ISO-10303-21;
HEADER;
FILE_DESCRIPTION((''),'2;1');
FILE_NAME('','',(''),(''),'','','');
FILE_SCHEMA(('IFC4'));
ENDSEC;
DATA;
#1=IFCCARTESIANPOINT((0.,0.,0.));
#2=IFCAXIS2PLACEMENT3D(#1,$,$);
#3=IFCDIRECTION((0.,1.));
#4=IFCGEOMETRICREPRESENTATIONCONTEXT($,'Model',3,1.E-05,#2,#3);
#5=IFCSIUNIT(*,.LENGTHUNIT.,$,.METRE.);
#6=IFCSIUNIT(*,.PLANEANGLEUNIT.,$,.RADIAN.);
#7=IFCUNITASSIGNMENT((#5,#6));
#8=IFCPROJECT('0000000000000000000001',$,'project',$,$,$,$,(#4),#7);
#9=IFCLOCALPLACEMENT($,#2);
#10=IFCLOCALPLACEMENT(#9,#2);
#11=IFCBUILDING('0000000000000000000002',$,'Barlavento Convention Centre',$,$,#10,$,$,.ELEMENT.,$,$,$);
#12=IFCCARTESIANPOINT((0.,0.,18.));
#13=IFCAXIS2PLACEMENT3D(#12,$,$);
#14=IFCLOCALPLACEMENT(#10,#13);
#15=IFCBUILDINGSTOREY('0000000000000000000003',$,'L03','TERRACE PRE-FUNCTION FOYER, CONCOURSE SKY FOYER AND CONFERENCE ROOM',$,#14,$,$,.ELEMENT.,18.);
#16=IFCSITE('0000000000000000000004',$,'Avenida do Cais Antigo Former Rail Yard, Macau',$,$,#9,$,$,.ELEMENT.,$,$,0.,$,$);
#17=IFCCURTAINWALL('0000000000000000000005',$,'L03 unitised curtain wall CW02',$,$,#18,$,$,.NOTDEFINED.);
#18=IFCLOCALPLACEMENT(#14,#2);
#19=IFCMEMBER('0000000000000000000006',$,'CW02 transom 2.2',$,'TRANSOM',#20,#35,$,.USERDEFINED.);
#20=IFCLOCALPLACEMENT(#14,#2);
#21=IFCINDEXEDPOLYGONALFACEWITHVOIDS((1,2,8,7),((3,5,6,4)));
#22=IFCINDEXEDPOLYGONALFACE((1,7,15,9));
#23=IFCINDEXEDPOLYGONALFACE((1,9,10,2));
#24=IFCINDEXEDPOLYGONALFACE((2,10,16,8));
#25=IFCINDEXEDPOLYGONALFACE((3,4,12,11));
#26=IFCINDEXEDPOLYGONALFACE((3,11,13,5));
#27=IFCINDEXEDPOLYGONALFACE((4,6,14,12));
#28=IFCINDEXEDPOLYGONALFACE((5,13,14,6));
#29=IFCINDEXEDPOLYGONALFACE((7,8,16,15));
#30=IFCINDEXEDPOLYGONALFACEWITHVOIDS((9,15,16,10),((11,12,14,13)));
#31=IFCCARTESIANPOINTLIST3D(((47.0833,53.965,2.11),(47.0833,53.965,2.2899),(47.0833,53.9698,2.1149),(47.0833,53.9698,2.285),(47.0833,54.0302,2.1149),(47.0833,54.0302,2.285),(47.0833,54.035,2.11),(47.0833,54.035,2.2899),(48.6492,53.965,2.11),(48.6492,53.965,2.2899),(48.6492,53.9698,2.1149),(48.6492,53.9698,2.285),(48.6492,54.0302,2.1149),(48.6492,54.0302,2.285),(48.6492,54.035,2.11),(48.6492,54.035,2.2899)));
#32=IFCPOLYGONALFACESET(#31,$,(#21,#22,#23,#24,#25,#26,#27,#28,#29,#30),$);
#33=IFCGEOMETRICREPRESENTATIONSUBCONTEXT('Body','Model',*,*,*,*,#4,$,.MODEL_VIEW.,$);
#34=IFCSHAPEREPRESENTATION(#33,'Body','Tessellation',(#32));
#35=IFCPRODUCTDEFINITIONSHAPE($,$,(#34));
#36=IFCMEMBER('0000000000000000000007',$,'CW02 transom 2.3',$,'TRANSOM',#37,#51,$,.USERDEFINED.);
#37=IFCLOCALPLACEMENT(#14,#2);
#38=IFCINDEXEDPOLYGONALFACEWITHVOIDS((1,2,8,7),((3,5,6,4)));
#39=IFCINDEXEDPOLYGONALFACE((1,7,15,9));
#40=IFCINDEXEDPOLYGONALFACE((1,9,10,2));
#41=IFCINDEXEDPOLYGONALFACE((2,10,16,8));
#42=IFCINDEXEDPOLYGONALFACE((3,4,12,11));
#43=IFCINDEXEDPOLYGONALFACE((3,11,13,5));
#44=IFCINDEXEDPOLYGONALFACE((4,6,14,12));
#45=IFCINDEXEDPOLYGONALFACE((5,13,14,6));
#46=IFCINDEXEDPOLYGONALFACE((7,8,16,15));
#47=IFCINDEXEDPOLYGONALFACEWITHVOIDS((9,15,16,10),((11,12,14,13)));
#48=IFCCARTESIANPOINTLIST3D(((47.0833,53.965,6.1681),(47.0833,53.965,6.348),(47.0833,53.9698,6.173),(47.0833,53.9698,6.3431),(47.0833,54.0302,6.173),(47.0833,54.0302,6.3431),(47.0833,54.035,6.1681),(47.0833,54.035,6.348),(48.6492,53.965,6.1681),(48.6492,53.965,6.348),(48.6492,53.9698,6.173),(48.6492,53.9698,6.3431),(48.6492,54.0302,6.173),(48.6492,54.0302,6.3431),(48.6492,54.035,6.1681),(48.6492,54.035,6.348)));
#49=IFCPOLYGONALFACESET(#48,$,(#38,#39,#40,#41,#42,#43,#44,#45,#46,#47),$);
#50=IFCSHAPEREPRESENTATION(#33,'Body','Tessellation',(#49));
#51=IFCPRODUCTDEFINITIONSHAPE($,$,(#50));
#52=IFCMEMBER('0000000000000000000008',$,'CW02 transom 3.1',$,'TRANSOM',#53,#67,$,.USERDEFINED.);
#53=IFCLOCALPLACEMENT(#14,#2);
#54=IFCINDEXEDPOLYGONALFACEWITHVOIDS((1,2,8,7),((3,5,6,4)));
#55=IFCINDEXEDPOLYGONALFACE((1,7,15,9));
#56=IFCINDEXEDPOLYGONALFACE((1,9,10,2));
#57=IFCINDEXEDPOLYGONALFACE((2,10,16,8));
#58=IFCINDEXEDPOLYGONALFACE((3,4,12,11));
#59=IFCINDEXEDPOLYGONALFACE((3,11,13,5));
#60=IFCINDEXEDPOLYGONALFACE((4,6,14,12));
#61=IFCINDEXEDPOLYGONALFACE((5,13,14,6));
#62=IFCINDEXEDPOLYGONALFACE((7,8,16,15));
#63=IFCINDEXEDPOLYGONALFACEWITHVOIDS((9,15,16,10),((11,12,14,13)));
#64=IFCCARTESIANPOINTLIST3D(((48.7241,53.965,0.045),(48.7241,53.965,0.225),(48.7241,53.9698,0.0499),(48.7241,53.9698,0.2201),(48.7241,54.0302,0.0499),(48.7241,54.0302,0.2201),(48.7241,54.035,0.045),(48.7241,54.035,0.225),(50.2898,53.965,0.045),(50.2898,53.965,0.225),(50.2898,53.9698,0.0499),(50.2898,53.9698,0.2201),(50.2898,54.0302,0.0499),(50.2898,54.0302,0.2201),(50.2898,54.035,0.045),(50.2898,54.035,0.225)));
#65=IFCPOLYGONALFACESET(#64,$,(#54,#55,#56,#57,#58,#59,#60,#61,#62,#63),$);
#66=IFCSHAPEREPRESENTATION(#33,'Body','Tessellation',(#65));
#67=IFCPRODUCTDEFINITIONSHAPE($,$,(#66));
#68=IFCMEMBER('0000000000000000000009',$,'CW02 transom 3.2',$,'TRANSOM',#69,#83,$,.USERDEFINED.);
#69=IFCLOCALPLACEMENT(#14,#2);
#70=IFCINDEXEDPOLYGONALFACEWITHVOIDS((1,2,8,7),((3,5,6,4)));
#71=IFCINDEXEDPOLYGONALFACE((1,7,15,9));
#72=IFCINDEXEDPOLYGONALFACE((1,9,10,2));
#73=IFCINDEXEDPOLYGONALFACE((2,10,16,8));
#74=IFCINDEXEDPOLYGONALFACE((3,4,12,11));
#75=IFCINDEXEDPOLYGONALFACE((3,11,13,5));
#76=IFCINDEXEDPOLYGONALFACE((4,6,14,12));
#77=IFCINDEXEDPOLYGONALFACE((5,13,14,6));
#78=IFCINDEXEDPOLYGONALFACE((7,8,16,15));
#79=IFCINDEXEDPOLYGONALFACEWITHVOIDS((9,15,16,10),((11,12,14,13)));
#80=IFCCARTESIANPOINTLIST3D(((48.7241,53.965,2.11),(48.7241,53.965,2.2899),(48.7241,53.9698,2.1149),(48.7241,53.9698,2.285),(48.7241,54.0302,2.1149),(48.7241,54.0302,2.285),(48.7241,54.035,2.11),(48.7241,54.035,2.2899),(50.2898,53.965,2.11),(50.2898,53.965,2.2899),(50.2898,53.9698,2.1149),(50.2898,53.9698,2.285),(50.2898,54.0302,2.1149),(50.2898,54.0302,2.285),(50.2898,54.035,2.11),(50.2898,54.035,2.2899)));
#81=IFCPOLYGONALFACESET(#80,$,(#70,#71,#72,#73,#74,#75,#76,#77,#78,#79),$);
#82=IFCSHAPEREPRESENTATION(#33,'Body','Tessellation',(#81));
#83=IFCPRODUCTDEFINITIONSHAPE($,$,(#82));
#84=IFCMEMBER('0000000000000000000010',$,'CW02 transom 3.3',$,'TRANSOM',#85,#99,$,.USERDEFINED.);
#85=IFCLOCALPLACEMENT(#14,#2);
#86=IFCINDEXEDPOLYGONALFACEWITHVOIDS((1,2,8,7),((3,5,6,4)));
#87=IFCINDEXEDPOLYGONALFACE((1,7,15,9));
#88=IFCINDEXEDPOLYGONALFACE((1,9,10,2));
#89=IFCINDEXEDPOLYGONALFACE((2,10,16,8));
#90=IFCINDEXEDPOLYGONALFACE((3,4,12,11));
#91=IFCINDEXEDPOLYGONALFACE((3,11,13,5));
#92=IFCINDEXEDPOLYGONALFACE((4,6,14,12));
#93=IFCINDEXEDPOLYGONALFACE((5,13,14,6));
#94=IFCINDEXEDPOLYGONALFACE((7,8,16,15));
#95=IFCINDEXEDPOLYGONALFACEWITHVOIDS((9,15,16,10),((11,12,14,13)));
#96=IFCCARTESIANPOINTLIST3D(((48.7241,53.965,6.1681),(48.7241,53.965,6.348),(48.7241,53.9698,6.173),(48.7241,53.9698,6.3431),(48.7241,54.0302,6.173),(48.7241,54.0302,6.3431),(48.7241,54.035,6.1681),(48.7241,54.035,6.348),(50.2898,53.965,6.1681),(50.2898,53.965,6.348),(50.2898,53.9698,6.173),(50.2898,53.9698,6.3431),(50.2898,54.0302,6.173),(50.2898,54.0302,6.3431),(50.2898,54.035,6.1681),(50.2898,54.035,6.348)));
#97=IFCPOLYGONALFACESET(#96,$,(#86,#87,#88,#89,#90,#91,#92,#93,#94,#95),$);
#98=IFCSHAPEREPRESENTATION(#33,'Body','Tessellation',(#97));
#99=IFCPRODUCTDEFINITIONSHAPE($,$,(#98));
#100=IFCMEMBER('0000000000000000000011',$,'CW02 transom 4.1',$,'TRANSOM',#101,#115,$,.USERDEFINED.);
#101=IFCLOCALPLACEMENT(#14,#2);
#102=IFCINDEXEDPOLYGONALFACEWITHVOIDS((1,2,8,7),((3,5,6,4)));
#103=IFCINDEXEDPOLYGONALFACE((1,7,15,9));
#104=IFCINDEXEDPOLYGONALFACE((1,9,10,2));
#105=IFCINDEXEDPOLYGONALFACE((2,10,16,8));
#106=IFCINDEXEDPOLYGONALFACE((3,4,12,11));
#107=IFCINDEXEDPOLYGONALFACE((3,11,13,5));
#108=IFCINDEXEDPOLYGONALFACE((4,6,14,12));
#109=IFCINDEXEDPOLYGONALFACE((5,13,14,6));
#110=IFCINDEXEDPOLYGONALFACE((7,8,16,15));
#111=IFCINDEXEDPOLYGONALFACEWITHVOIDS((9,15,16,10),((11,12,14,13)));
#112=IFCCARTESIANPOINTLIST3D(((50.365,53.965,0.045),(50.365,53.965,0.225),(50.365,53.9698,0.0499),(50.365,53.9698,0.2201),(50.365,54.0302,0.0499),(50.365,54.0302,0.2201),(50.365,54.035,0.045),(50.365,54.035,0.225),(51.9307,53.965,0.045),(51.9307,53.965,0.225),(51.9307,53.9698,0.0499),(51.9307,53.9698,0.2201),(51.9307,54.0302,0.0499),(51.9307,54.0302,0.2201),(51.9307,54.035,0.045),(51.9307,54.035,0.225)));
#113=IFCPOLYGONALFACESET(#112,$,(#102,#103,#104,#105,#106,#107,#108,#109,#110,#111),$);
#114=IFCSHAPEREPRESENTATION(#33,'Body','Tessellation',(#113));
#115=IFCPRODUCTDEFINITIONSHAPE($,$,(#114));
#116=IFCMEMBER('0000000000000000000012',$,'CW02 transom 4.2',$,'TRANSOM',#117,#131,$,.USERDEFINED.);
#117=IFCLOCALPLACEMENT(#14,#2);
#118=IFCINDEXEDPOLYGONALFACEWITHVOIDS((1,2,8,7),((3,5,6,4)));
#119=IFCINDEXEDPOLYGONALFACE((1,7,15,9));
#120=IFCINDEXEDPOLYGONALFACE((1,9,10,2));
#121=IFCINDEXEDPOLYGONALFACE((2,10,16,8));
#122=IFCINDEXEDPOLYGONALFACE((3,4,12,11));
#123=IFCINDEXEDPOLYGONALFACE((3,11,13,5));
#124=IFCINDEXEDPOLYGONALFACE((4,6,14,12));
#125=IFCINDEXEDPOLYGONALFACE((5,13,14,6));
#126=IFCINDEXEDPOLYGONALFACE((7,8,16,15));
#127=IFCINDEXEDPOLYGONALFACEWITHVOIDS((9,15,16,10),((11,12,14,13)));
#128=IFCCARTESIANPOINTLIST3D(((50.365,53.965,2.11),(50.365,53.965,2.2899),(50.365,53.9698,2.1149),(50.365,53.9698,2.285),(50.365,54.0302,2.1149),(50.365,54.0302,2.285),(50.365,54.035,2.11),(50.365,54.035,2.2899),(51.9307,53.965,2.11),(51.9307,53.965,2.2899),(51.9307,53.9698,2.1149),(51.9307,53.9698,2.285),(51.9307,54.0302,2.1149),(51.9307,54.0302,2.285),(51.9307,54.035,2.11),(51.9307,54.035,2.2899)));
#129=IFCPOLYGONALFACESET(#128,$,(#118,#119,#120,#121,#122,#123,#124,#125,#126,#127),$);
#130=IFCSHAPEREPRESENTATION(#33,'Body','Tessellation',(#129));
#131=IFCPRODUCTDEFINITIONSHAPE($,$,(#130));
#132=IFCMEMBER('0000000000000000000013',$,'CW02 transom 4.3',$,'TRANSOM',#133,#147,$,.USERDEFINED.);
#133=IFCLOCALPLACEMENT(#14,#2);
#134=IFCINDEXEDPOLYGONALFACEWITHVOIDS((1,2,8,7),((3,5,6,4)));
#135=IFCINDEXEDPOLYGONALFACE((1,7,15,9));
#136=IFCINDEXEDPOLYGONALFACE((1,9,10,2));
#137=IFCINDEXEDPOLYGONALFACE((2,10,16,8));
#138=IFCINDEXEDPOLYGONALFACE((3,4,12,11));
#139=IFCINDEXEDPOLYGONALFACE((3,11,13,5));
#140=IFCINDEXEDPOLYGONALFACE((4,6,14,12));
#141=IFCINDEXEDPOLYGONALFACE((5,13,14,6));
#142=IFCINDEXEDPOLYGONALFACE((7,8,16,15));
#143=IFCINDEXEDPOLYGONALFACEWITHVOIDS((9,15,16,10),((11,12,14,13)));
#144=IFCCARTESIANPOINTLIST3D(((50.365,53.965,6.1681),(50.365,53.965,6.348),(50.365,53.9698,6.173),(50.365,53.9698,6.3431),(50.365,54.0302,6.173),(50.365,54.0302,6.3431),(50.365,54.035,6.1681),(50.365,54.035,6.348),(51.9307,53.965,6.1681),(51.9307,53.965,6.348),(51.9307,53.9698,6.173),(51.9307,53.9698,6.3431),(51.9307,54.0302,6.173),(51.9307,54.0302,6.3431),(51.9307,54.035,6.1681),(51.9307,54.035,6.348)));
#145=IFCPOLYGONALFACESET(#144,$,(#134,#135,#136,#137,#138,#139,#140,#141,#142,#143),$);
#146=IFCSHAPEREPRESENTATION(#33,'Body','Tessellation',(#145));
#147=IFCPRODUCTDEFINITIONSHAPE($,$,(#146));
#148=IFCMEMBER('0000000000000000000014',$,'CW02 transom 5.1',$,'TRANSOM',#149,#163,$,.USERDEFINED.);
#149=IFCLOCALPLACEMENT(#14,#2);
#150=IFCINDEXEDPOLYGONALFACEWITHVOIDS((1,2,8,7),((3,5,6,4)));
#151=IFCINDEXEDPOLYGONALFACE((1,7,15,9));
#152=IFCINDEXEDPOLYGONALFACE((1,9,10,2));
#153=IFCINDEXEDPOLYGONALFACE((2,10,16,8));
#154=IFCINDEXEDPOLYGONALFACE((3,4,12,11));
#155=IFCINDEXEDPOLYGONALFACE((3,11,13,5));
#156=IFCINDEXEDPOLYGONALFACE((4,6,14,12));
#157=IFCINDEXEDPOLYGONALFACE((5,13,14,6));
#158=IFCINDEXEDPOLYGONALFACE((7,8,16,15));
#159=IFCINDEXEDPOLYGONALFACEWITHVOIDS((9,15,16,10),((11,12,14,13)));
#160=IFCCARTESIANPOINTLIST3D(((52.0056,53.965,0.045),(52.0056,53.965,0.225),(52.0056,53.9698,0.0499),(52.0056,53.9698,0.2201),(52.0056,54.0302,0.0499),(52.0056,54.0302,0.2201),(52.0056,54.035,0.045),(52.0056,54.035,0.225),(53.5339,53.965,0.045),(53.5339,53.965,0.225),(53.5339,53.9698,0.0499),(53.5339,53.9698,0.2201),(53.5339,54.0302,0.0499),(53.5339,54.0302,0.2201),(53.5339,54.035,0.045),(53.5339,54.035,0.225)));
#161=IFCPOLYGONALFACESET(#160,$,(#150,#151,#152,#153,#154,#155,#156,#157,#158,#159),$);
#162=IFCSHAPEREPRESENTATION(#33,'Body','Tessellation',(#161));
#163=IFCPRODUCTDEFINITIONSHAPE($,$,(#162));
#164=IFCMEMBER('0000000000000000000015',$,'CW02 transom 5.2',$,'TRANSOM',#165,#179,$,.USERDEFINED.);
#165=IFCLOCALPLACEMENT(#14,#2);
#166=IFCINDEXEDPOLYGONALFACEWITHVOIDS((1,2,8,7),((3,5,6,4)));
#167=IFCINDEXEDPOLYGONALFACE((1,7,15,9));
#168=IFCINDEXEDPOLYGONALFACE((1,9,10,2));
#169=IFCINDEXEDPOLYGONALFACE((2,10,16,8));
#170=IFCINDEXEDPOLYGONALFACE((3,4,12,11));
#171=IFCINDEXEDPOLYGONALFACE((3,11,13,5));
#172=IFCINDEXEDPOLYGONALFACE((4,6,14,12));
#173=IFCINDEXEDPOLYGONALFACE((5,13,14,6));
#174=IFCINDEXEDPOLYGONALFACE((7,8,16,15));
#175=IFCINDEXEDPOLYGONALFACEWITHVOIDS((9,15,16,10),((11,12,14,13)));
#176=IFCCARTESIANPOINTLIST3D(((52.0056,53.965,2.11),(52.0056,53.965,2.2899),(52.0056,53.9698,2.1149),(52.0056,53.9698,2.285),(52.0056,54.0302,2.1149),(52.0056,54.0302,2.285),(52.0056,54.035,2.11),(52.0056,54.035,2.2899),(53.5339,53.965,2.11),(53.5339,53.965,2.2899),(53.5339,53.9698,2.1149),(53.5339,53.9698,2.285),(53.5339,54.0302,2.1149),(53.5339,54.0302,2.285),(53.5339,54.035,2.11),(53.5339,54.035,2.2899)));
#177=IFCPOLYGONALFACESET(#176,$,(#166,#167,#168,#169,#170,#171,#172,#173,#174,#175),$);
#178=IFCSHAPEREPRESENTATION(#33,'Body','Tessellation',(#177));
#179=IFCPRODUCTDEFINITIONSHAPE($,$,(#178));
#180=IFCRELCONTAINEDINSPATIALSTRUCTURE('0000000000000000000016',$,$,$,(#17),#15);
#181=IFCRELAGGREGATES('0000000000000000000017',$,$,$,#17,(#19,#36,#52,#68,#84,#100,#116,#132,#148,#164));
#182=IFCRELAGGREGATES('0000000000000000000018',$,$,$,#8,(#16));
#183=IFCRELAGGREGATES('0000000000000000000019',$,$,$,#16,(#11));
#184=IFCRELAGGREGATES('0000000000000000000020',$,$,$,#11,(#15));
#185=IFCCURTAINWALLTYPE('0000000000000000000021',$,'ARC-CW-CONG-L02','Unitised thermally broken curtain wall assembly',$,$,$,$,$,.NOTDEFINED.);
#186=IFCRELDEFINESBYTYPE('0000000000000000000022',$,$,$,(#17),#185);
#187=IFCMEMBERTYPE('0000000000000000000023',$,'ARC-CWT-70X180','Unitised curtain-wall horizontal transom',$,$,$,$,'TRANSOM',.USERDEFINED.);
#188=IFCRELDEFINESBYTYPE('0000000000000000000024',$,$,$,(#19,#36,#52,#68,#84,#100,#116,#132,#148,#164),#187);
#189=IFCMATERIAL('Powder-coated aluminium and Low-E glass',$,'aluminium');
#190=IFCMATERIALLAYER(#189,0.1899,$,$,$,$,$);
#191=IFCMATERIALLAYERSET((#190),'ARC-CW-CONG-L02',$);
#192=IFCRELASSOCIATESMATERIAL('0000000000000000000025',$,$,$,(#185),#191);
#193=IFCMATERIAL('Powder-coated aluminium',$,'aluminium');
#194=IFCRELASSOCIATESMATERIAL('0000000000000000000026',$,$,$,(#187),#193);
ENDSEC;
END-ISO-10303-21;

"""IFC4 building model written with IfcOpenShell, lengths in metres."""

from ifc_helpers import new_model, si_unit, direction, frame, origin, origin_2d, place, context, subcontext, project, spatial, hollow_rectangle, extrude, material, layer, layer_set, material_profile, profile_set, type_object, element, aggregate, save


model = new_model("IFC4")

# Units and contexts
model_context = context("Model", 3, precision=1e-05, world=origin(), true_north=direction((0.0, 1.0)))
body_context = subcontext(model_context, "Body", "Model", "MODEL_VIEW")
ifc_project = project(units=[si_unit("LENGTHUNIT", "METRE"), si_unit("PLANEANGLEUNIT", "RADIAN")], contexts=[model_context])

# Site, building, storey
site_placement = place(None, origin())
site = spatial("IfcSite", under=ifc_project, at=site_placement, Name="Avenida do Cais Antigo Former Rail Yard, Macau", CompositionType="ELEMENT", RefElevation=0.0)
building_placement = place(site_placement, origin())
building = spatial("IfcBuilding", under=site, at=building_placement, Name="Barlavento Convention Centre", CompositionType="ELEMENT")
storey_placement = place(building_placement, frame((0.0, 0.0, 18.0)))
storey = spatial("IfcBuildingStorey", under=building, at=storey_placement, Name="L03", Description="TERRACE PRE-FUNCTION FOYER, CONCOURSE SKY FOYER AND CONFERENCE ROOM", CompositionType="ELEMENT", Elevation=18.0)

# Shared definitions
ifc_material_1 = material(Name="Powder-coated aluminium and Low-E glass", Category="aluminium")
ifc_layer_1 = layer(ifc_material_1, 0.1899)
ifc_layer_set_1 = layer_set([ifc_layer_1], Name="ARC-CW-CONG-L02")
curtain_wall_type = type_object("IfcCurtainWallType", Name="ARC-CW-CONG-L02", Description="Unitised thermally broken curtain wall assembly", PredefinedType="NOTDEFINED", material=ifc_layer_set_1)
ifc_material_2 = material(Name="Powder-coated aluminium", Category="aluminium")

# Curtain wall, members
curtain_wall_1_placement = place(storey_placement, origin())
curtain_wall_1 = element("IfcCurtainWall", 1, at=curtain_wall_1_placement, inside=storey, type_object=curtain_wall_type, Name="L03 unitised curtain wall CW02", PredefinedType="NOTDEFINED")
ifc_material_profile_1 = material_profile(ifc_material_2, hollow_rectangle(XDim=0.0701, YDim=0.1799, WallThickness=0.0049, at=origin_2d()), Name="AL-TRAN 70x180x5")
ifc_profile_set_1 = profile_set([ifc_material_profile_1], Name="Powder-coated aluminium")
member_type_1 = type_object("IfcMemberType", Name="ARC-CWT-70X180", Description="Unitised curtain-wall horizontal transom", ElementType="TRANSOM", PredefinedType="USERDEFINED", material=ifc_profile_set_1)
member_1_placement = place(storey_placement, frame((47.0833, 54.0, 2.2), z_axis=(1.0, 0.0, 0.0), x_axis=(0.0, 1.0, 0.0)))
member_1 = element("IfcMember", 2, at=member_1_placement, type_object=member_type_1, Name="CW02 transom 2.2", ObjectType="TRANSOM", PredefinedType="USERDEFINED", context=body_context, shape_type="SweptSolid", body=[
    extrude(hollow_rectangle(XDim=0.0701, YDim=0.1799, WallThickness=0.0049, at=origin_2d()), origin(), (0.0, 0.0, 1.0), 1.5659),
])
member_2_placement = place(storey_placement, frame((47.0833, 54.0, 6.2581), z_axis=(1.0, 0.0, 0.0), x_axis=(0.0, 1.0, 0.0)))
member_2 = element("IfcMember", 3, at=member_2_placement, type_object=member_type_1, Name="CW02 transom 2.3", ObjectType="TRANSOM", PredefinedType="USERDEFINED", context=body_context, shape_type="SweptSolid", body=[
    extrude(hollow_rectangle(XDim=0.0701, YDim=0.1799, WallThickness=0.0049, at=origin_2d()), origin(), (0.0, 0.0, 1.0), 1.5659),
])
member_3_placement = place(storey_placement, frame((48.7241, 54.0, 0.135), z_axis=(1.0, 0.0, 0.0), x_axis=(0.0, 1.0, 0.0)))
member_3 = element("IfcMember", 4, at=member_3_placement, type_object=member_type_1, Name="CW02 transom 3.1", ObjectType="TRANSOM", PredefinedType="USERDEFINED", context=body_context, shape_type="SweptSolid", body=[
    extrude(hollow_rectangle(XDim=0.0701, YDim=0.1799, WallThickness=0.0049, at=origin_2d()), origin(), (0.0, 0.0, 1.0), 1.5657),
])
member_4_placement = place(storey_placement, frame((48.7241, 54.0, 2.2), z_axis=(1.0, 0.0, 0.0), x_axis=(0.0, 1.0, 0.0)))
member_4 = element("IfcMember", 5, at=member_4_placement, type_object=member_type_1, Name="CW02 transom 3.2", ObjectType="TRANSOM", PredefinedType="USERDEFINED", context=body_context, shape_type="SweptSolid", body=[
    extrude(hollow_rectangle(XDim=0.0701, YDim=0.1799, WallThickness=0.0049, at=origin_2d()), origin(), (0.0, 0.0, 1.0), 1.5657),
])
member_5_placement = place(storey_placement, frame((48.7241, 54.0, 6.2581), z_axis=(1.0, 0.0, 0.0), x_axis=(0.0, 1.0, 0.0)))
member_5 = element("IfcMember", 6, at=member_5_placement, type_object=member_type_1, Name="CW02 transom 3.3", ObjectType="TRANSOM", PredefinedType="USERDEFINED", context=body_context, shape_type="SweptSolid", body=[
    extrude(hollow_rectangle(XDim=0.0701, YDim=0.1799, WallThickness=0.0049, at=origin_2d()), origin(), (0.0, 0.0, 1.0), 1.5657),
])
member_6_placement = place(storey_placement, frame((50.365, 54.0, 0.135), z_axis=(1.0, 0.0, 0.0), x_axis=(0.0, 1.0, 0.0)))
member_6 = element("IfcMember", 7, at=member_6_placement, type_object=member_type_1, Name="CW02 transom 4.1", ObjectType="TRANSOM", PredefinedType="USERDEFINED", context=body_context, shape_type="SweptSolid", body=[
    extrude(hollow_rectangle(XDim=0.0701, YDim=0.1799, WallThickness=0.0049, at=origin_2d()), origin(), (0.0, 0.0, 1.0), 1.5657),
])
member_7_placement = place(storey_placement, frame((50.365, 54.0, 2.2), z_axis=(1.0, 0.0, 0.0), x_axis=(0.0, 1.0, 0.0)))
member_7 = element("IfcMember", 8, at=member_7_placement, type_object=member_type_1, Name="CW02 transom 4.2", ObjectType="TRANSOM", PredefinedType="USERDEFINED", context=body_context, shape_type="SweptSolid", body=[
    extrude(hollow_rectangle(XDim=0.0701, YDim=0.1799, WallThickness=0.0049, at=origin_2d()), origin(), (0.0, 0.0, 1.0), 1.5657),
])
member_8_placement = place(storey_placement, frame((50.365, 54.0, 6.2581), z_axis=(1.0, 0.0, 0.0), x_axis=(0.0, 1.0, 0.0)))
member_8 = element("IfcMember", 9, at=member_8_placement, type_object=member_type_1, Name="CW02 transom 4.3", ObjectType="TRANSOM", PredefinedType="USERDEFINED", context=body_context, shape_type="SweptSolid", body=[
    extrude(hollow_rectangle(XDim=0.0701, YDim=0.1799, WallThickness=0.0049, at=origin_2d()), origin(), (0.0, 0.0, 1.0), 1.5657),
])
member_9_placement = place(storey_placement, frame((52.0056, 54.0, 0.135), z_axis=(1.0, 0.0, 0.0), x_axis=(0.0, 1.0, 0.0)))
member_9 = element("IfcMember", 10, at=member_9_placement, type_object=member_type_1, Name="CW02 transom 5.1", ObjectType="TRANSOM", PredefinedType="USERDEFINED", context=body_context, shape_type="SweptSolid", body=[
    extrude(hollow_rectangle(XDim=0.0701, YDim=0.1799, WallThickness=0.0049, at=origin_2d()), origin(), (0.0, 0.0, 1.0), 1.5283),
])
member_10_placement = place(storey_placement, frame((52.0056, 54.0, 2.2), z_axis=(1.0, 0.0, 0.0), x_axis=(0.0, 1.0, 0.0)))
member_10 = element("IfcMember", 11, at=member_10_placement, type_object=member_type_1, Name="CW02 transom 5.2", ObjectType="TRANSOM", PredefinedType="USERDEFINED", context=body_context, shape_type="SweptSolid", body=[
    extrude(hollow_rectangle(XDim=0.0701, YDim=0.1799, WallThickness=0.0049, at=origin_2d()), origin(), (0.0, 0.0, 1.0), 1.5283),
])

aggregate(curtain_wall_1, [member_1, member_2, member_3, member_4, member_5, member_6, member_7, member_8, member_9, member_10])

save(model, "model.ifc")
